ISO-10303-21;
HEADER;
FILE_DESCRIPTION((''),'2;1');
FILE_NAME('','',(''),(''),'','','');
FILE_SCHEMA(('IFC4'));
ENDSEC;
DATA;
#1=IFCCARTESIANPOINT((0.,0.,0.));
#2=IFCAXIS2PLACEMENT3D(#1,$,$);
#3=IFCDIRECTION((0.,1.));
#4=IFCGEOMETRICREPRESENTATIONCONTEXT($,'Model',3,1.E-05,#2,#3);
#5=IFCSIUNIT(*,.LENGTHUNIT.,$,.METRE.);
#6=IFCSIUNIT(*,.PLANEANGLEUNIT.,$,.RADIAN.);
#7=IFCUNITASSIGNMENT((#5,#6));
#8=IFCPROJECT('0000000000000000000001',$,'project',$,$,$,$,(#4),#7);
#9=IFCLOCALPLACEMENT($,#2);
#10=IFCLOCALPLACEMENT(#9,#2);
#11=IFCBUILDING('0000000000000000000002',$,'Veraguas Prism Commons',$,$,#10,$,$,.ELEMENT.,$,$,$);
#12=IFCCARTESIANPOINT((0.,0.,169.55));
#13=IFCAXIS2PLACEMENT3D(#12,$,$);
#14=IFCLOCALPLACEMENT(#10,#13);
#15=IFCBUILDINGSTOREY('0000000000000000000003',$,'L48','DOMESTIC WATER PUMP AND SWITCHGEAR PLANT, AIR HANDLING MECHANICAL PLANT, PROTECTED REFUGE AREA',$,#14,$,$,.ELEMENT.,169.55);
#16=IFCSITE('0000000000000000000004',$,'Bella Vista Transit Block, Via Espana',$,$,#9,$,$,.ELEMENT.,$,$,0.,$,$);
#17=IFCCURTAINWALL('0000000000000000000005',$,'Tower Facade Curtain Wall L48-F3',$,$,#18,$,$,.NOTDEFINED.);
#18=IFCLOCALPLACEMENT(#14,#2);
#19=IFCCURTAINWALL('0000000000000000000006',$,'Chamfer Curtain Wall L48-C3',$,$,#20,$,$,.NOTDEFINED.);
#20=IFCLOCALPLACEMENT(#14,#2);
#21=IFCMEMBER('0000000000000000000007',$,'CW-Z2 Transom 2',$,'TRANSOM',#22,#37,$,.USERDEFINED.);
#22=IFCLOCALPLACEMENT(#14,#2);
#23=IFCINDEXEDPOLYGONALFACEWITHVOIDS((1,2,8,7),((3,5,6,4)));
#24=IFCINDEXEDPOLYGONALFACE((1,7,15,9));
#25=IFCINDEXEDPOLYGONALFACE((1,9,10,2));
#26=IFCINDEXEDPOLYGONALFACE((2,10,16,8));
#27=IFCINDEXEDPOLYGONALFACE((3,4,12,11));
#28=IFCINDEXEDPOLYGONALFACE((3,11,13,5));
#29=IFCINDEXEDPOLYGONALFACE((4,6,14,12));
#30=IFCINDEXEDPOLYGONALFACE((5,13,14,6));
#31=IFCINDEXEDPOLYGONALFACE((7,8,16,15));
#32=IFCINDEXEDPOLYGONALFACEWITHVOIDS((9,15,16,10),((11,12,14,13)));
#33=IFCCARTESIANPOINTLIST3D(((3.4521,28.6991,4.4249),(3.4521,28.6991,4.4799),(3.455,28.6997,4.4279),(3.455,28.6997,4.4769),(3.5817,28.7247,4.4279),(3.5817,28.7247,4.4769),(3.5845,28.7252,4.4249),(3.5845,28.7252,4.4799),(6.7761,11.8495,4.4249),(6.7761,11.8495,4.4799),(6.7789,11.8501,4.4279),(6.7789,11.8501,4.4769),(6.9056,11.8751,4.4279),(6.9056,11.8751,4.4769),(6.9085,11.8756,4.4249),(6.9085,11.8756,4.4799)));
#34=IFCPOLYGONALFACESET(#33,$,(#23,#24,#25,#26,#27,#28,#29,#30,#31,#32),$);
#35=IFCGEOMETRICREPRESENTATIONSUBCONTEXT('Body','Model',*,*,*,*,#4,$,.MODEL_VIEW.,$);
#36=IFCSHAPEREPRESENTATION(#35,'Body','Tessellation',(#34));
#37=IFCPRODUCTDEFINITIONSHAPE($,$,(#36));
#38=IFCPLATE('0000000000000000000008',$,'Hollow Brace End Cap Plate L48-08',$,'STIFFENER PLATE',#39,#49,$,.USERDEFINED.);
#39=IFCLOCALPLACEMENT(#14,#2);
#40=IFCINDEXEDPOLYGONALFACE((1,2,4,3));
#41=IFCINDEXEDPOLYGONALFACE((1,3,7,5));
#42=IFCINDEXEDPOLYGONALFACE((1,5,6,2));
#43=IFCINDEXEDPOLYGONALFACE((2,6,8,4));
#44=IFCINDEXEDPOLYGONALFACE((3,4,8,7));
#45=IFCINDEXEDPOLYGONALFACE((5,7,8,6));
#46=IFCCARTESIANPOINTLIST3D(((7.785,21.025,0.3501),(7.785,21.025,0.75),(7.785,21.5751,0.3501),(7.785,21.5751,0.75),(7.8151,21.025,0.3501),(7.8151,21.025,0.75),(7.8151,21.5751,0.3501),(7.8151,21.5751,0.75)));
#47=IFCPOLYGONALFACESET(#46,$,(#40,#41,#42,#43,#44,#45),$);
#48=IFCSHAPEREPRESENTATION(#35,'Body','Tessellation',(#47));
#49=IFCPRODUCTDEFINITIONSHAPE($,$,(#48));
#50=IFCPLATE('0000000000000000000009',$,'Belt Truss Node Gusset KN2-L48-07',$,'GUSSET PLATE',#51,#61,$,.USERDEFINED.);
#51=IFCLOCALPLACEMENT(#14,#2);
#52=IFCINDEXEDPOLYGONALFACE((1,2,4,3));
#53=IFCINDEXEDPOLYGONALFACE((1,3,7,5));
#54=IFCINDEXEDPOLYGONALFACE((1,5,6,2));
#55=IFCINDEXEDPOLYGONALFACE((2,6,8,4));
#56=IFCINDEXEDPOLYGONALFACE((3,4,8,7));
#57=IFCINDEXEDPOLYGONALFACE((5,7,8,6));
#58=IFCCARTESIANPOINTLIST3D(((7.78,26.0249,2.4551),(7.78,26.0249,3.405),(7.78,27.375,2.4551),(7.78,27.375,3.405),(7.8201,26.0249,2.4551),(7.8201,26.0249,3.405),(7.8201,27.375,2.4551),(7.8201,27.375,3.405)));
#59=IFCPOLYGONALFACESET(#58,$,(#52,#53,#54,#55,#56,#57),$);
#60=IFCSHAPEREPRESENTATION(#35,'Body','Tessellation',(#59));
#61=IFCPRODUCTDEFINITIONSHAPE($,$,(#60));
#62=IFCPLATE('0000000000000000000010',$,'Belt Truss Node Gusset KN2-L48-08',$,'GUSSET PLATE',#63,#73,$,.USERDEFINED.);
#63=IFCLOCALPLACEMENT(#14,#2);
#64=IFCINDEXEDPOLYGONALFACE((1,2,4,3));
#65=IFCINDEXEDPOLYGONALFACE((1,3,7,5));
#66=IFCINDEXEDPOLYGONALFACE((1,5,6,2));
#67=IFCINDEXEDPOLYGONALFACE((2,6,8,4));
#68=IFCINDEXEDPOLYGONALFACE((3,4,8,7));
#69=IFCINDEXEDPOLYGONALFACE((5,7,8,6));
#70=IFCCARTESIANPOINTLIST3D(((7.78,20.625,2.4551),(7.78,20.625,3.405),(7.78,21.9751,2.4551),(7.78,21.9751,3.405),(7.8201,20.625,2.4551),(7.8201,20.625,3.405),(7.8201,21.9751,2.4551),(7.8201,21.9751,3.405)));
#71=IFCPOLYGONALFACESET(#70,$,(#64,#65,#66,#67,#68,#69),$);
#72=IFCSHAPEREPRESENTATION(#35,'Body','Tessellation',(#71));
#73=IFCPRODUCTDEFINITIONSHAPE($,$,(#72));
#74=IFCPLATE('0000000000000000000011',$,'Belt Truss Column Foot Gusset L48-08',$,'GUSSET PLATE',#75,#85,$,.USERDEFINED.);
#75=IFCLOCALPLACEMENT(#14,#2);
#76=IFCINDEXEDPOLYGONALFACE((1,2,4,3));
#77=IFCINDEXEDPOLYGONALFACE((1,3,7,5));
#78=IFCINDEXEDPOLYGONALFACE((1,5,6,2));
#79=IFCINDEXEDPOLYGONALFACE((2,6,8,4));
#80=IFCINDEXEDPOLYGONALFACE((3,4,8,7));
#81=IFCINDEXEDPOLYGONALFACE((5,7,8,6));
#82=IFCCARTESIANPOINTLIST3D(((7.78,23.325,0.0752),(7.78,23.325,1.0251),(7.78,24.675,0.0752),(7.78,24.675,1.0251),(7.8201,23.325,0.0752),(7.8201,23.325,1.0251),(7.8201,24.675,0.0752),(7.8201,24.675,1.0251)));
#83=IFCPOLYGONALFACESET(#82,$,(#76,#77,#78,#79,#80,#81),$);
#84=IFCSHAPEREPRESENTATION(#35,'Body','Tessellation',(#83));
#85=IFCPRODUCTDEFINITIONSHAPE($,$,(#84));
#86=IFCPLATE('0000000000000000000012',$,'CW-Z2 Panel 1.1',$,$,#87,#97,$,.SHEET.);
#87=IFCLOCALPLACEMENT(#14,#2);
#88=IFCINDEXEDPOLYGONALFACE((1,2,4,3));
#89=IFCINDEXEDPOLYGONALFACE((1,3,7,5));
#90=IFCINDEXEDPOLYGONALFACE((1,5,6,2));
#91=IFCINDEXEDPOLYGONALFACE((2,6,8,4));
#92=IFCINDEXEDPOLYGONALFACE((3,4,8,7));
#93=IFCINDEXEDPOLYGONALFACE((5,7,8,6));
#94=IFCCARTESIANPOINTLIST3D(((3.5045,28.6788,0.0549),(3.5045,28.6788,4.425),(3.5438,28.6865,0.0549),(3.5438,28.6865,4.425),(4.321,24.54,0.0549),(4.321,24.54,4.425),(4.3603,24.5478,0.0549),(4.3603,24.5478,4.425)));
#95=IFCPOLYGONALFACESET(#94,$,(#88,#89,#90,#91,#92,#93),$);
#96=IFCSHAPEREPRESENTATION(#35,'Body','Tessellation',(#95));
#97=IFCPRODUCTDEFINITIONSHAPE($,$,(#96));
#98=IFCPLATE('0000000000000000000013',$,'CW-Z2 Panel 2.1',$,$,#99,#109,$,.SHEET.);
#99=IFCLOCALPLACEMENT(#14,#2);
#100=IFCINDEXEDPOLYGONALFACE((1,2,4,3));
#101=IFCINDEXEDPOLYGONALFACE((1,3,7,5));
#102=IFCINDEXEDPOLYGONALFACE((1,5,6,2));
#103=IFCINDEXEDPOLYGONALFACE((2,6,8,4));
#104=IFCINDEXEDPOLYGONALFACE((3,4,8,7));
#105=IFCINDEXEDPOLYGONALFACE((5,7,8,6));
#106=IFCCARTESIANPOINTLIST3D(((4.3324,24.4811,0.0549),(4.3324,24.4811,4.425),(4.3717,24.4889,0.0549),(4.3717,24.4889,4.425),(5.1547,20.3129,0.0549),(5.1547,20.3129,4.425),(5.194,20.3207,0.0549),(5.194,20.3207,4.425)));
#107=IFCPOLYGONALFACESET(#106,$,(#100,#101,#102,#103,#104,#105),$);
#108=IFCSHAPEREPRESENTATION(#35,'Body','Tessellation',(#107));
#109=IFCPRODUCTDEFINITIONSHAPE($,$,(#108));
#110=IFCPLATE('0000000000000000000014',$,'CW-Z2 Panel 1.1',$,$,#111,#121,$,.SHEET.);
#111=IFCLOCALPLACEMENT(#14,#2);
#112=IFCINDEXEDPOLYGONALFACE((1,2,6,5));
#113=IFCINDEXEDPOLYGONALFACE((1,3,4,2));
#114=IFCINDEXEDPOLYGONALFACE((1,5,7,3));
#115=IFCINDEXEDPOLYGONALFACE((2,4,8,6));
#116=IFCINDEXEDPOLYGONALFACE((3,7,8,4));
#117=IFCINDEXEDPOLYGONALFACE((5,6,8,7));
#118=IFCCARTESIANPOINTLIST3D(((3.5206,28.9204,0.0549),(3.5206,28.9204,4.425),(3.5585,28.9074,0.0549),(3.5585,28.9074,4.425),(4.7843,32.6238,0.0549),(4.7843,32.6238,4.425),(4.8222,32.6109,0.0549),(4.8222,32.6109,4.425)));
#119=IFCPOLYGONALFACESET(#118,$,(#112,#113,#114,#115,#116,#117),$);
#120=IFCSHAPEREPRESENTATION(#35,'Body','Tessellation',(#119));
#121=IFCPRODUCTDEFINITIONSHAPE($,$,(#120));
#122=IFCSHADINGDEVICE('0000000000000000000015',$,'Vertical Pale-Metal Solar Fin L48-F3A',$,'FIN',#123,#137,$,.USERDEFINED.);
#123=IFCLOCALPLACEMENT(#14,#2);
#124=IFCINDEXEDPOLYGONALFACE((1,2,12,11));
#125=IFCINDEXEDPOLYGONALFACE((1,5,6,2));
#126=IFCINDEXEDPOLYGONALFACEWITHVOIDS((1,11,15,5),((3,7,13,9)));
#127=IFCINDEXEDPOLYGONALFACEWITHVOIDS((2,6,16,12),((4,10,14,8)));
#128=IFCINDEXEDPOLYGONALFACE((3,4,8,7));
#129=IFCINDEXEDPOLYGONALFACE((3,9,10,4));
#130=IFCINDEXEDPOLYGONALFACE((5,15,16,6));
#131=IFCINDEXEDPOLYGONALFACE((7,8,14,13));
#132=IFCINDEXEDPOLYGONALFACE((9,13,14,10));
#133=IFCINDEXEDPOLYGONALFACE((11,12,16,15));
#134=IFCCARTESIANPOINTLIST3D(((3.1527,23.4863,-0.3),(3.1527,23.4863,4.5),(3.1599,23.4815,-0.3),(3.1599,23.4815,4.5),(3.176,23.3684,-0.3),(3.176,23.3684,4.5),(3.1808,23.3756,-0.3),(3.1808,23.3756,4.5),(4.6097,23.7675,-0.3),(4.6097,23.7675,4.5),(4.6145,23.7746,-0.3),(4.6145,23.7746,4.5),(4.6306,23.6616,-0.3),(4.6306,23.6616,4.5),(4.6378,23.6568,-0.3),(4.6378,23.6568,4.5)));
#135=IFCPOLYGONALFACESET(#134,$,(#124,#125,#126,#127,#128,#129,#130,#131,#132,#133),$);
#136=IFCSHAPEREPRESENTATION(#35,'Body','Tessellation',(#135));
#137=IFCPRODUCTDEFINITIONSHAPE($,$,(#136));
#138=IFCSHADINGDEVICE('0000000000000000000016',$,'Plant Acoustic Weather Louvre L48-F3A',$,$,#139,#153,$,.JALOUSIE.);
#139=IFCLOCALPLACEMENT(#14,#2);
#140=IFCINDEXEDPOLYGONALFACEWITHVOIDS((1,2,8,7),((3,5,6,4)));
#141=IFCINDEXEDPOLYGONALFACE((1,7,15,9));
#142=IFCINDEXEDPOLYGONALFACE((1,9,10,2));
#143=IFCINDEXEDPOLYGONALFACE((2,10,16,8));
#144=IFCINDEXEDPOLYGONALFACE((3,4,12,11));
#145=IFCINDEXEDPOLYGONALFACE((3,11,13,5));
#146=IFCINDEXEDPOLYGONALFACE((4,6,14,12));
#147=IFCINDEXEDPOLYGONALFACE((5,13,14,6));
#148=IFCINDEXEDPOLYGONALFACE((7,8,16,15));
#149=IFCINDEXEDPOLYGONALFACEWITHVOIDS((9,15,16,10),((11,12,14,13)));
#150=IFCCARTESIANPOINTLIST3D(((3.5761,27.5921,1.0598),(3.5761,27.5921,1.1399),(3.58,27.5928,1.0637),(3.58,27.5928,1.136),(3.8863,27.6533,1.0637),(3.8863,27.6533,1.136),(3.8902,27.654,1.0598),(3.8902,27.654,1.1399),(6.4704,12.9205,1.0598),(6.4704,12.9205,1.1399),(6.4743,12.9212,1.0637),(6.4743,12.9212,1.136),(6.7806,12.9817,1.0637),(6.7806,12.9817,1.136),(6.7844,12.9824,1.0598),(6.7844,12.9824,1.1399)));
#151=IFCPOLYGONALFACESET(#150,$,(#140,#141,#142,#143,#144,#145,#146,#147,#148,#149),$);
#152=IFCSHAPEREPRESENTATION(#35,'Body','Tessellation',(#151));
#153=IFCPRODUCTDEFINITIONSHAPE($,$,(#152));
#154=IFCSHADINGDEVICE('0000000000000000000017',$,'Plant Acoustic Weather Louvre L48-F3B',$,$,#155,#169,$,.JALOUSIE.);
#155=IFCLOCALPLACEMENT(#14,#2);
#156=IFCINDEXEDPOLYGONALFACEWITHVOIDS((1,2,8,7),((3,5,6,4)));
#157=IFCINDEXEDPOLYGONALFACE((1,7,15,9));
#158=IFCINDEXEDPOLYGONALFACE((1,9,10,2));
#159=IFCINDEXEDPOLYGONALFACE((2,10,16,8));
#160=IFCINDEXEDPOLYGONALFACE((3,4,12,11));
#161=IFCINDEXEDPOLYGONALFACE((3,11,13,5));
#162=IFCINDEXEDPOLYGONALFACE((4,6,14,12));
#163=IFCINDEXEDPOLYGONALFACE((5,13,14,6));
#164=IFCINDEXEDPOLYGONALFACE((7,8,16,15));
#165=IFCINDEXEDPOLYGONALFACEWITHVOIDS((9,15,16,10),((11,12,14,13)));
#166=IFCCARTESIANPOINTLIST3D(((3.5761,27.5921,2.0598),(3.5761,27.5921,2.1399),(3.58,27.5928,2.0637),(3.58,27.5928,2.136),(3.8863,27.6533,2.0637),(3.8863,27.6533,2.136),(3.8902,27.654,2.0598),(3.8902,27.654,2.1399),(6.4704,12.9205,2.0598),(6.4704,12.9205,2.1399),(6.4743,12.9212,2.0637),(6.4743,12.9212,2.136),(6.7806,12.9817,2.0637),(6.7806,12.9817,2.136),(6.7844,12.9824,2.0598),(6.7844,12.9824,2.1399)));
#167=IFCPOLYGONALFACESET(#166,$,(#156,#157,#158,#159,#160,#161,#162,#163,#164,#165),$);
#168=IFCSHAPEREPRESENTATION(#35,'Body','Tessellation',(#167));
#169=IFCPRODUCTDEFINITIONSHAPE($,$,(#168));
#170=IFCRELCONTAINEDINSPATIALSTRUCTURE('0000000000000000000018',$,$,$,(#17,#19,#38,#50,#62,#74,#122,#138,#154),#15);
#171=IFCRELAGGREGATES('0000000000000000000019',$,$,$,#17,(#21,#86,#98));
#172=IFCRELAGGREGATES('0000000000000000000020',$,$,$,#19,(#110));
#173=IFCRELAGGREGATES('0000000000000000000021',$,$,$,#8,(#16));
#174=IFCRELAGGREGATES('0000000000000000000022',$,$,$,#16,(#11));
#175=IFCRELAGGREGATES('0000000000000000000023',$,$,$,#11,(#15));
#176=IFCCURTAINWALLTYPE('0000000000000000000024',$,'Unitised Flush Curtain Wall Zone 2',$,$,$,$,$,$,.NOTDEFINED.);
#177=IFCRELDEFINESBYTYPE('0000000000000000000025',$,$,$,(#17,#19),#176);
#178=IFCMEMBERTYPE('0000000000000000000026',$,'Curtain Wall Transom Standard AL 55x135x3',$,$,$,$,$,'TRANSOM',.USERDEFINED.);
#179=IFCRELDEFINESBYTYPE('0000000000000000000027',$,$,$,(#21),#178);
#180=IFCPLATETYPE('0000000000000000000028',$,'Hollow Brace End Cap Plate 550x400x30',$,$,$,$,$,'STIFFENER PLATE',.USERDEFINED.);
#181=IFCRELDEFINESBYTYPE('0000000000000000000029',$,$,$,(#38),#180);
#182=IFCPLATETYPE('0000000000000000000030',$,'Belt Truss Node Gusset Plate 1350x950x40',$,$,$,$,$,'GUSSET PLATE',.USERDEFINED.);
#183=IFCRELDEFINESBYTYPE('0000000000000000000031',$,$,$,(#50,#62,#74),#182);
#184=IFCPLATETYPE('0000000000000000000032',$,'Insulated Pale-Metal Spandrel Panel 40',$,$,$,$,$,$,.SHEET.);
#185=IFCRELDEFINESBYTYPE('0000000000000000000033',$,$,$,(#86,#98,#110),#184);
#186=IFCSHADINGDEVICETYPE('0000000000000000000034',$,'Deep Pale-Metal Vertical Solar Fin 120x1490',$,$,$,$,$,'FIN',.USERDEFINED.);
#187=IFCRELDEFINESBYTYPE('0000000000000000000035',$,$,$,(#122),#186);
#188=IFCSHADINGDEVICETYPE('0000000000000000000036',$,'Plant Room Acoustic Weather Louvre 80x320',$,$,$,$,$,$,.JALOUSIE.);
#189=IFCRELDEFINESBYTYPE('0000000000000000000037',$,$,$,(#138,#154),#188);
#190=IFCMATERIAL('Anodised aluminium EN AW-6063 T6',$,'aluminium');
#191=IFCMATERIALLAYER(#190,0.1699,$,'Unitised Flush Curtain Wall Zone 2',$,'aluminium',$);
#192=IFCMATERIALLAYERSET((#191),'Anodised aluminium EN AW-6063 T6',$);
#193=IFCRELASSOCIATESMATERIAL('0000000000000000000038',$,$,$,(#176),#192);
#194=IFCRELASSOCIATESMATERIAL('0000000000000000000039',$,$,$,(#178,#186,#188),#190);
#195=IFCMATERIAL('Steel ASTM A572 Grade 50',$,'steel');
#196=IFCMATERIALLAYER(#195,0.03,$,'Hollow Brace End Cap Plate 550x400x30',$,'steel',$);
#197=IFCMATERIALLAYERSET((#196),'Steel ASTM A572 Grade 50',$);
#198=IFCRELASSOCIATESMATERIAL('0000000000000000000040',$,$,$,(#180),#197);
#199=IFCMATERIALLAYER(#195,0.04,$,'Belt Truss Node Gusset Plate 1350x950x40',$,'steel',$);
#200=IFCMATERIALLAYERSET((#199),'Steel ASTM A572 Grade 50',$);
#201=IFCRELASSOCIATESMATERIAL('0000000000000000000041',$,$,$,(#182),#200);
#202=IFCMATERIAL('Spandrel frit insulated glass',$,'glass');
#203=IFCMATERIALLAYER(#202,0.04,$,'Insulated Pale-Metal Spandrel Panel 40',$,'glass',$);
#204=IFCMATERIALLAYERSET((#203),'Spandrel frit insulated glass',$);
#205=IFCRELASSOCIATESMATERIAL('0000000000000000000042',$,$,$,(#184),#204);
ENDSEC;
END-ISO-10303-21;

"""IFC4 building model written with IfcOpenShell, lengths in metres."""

from ifc_helpers import new_model, si_unit, direction, frame, origin, origin_2d, place, context, subcontext, project, spatial, rectangle, hollow_rectangle, extrude, source, transform, mapped, material, layer, layer_set, material_profile, profile_set, type_object, element, aggregate, save


model = new_model("IFC4")

# Units and contexts
model_context = context("Model", 3, precision=1e-05, world=origin(), true_north=direction((0.0, 1.0)))
body_context = subcontext(model_context, "Body", "Model", "MODEL_VIEW")
ifc_project = project(units=[si_unit("LENGTHUNIT", "METRE"), si_unit("PLANEANGLEUNIT", "RADIAN")], contexts=[model_context])

# Site, building, storey
site_placement = place(None, origin())
site = spatial("IfcSite", under=ifc_project, at=site_placement, Name="Bella Vista Transit Block, Via Espana", CompositionType="ELEMENT", RefElevation=0.0)
building_placement = place(site_placement, origin())
building = spatial("IfcBuilding", under=site, at=building_placement, Name="Veraguas Prism Commons", CompositionType="ELEMENT")
storey_placement = place(building_placement, frame((0.0, 0.0, 169.55)))
storey = spatial("IfcBuildingStorey", under=building, at=storey_placement, Name="L48", Description="DOMESTIC WATER PUMP AND SWITCHGEAR PLANT, AIR HANDLING MECHANICAL PLANT, PROTECTED REFUGE AREA", CompositionType="ELEMENT", Elevation=169.55)

# Curtain wall
ifc_material_1 = material(Name="Anodised aluminium EN AW-6063 T6", Category="aluminium")
ifc_layer_1 = layer(ifc_material_1, 0.1699, Name="Unitised Flush Curtain Wall Zone 2", Category="aluminium")
ifc_layer_set_1 = layer_set([ifc_layer_1], Name="Anodised aluminium EN AW-6063 T6")
curtain_wall_type = type_object("IfcCurtainWallType", Name="Unitised Flush Curtain Wall Zone 2", PredefinedType="NOTDEFINED", material=ifc_layer_set_1)
curtain_wall_1_placement = place(storey_placement, origin())
curtain_wall_1 = element("IfcCurtainWall", 1, at=curtain_wall_1_placement, inside=storey, type_object=curtain_wall_type, Name="Tower Facade Curtain Wall L48-F3", PredefinedType="NOTDEFINED")

# Curtain wall
curtain_wall_2_placement = place(storey_placement, origin())
curtain_wall_2 = element("IfcCurtainWall", 2, at=curtain_wall_2_placement, inside=storey, type_object=curtain_wall_type, Name="Chamfer Curtain Wall L48-C3", PredefinedType="NOTDEFINED")

# Member
ifc_material_profile_1 = material_profile(ifc_material_1, hollow_rectangle(XDim=0.0549, YDim=0.135, WallThickness=0.0029, at=origin_2d()), Name="AL55X135X3")
ifc_profile_set_1 = profile_set([ifc_material_profile_1], Name="Anodised aluminium EN AW-6063 T6")
member_type_1 = type_object("IfcMemberType", Name="Curtain Wall Transom Standard AL 55x135x3", ElementType="TRANSOM", PredefinedType="USERDEFINED", material=ifc_profile_set_1)
shared_shape_1 = source(origin(), body_context, "Body", "SweptSolid", [
    extrude(hollow_rectangle(XDim=0.0549, YDim=0.135, WallThickness=0.0029, at=origin_2d()), origin(), (0.0, 0.0, 1.0), 17.1743),
])
member_1_placement = place(storey_placement, frame((3.5183, 28.7122, 4.4524), z_axis=(0.193543, -0.981092, 0.0), x_axis=(0.0, 0.0, 1.0)))
member_1 = element("IfcMember", 3, at=member_1_placement, type_object=member_type_1, Name="CW-Z2 Transom 2", ObjectType="TRANSOM", PredefinedType="USERDEFINED", context=body_context, shape_type="MappedRepresentation", body=[
    mapped(shared_shape_1, transform((0.0, 0.0, 0.0), scale=1.0)),
])

# Plates
ifc_material_2 = material(Name="Steel ASTM A572 Grade 50", Category="steel")
ifc_layer_2 = layer(ifc_material_2, 0.03, Name="Hollow Brace End Cap Plate 550x400x30", Category="steel")
ifc_layer_set_2 = layer_set([ifc_layer_2], Name="Steel ASTM A572 Grade 50")
plate_type_1 = type_object("IfcPlateType", Name="Hollow Brace End Cap Plate 550x400x30", ElementType="STIFFENER PLATE", PredefinedType="USERDEFINED", material=ifc_layer_set_2)
shared_shape_2 = source(origin(), body_context, "Body", "SweptSolid", [
    extrude(rectangle(XDim=0.55, YDim=0.03, at=origin_2d()), origin(), (0.0, 0.0, 1.0), 0.3999),
])
plate_1_placement = place(storey_placement, frame((7.8, 21.3, 0.3501), z_axis=(0.0, 0.0, 1.0), x_axis=(0.0, -1.0, 0.0)))
element("IfcPlate", 4, at=plate_1_placement, inside=storey, type_object=plate_type_1, Name="Hollow Brace End Cap Plate L48-08", ObjectType="STIFFENER PLATE", PredefinedType="USERDEFINED", context=body_context, shape_type="MappedRepresentation", body=[
    mapped(shared_shape_2, transform((0.0, 0.0, 0.0), scale=1.0)),
])
ifc_layer_3 = layer(ifc_material_2, 0.04, Name="Belt Truss Node Gusset Plate 1350x950x40", Category="steel")
ifc_layer_set_3 = layer_set([ifc_layer_3], Name="Steel ASTM A572 Grade 50")
plate_type_2 = type_object("IfcPlateType", Name="Belt Truss Node Gusset Plate 1350x950x40", ElementType="GUSSET PLATE", PredefinedType="USERDEFINED", material=ifc_layer_set_3)
shared_shape_3 = source(origin(), body_context, "Body", "SweptSolid", [
    extrude(rectangle(XDim=1.3501, YDim=0.04, at=origin_2d()), origin(), (0.0, 0.0, 1.0), 0.95),
])
for number, where, z_axis, x_axis, name in (
    (5, (7.8, 26.7, 2.4551), (0.0, 0.0, 1.0), (0.0, -1.0, 0.0), "Belt Truss Node Gusset KN2-L48-07"),
    (6, (7.8, 21.3, 2.4551), (0.0, 0.0, 1.0), (0.0, -1.0, 0.0), "Belt Truss Node Gusset KN2-L48-08"),
    (7, (7.8, 24.0, 0.0752), (0.0, 0.0, 1.0), (0.0, -1.0, 0.0), "Belt Truss Column Foot Gusset L48-08"),
):
    element("IfcPlate", number, at=place(storey_placement, frame(where, z_axis=z_axis, x_axis=x_axis)), inside=storey, type_object=plate_type_2, Name=name, ObjectType="GUSSET PLATE", PredefinedType="USERDEFINED", context=body_context, shape_type="MappedRepresentation", body=[
        mapped(shared_shape_3, transform((0.0, 0.0, 0.0), scale=1.0)),
    ])

# Plates
ifc_material_3 = material(Name="Spandrel frit insulated glass", Category="glass")
ifc_layer_4 = layer(ifc_material_3, 0.04, Name="Insulated Pale-Metal Spandrel Panel 40", Category="glass")
ifc_layer_set_4 = layer_set([ifc_layer_4], Name="Spandrel frit insulated glass")
plate_type_3 = type_object("IfcPlateType", Name="Insulated Pale-Metal Spandrel Panel 40", PredefinedType="SHEET", material=ifc_layer_set_4)
shared_shape_4 = source(origin(), body_context, "Body", "SweptSolid", [
    extrude(rectangle(XDim=4.2185, YDim=0.04, at=origin_2d()), origin(), (0.0, 0.0, 1.0), 4.3701),
])
plate_2_placement = place(storey_placement, frame((3.9324, 26.6133, 0.0549), z_axis=(0.0, 0.0, 1.0), x_axis=(0.193549, -0.981091, 0.0)))
plate_2 = element("IfcPlate", 8, at=plate_2_placement, type_object=plate_type_3, Name="CW-Z2 Panel 1.1", PredefinedType="SHEET", context=body_context, shape_type="MappedRepresentation", body=[
    mapped(shared_shape_4, transform((0.0, 0.0, 0.0), scale=1.0)),
])
shared_shape_5 = source(origin(), body_context, "Body", "SweptSolid", [
    extrude(rectangle(XDim=4.2485, YDim=0.04, at=origin_2d()), origin(), (0.0, 0.0, 1.0), 4.3701),
])
plate_3_placement = place(storey_placement, frame((4.7632, 22.4009, 0.0549), z_axis=(0.0, 0.0, 1.0), x_axis=(0.193549, -0.981091, 0.0)))
plate_3 = element("IfcPlate", 9, at=plate_3_placement, type_object=plate_type_3, Name="CW-Z2 Panel 2.1", PredefinedType="SHEET", context=body_context, shape_type="MappedRepresentation", body=[
    mapped(shared_shape_5, transform((0.0, 0.0, 0.0), scale=1.0)),
])
aggregate(curtain_wall_1, [member_1, plate_2, plate_3])
shared_shape_6 = source(origin(), body_context, "Body", "SweptSolid", [
    extrude(rectangle(XDim=3.9131, YDim=0.04, at=origin_2d()), origin(), (0.0, 0.0, 1.0), 4.3701),
])
plate_4_placement = place(storey_placement, frame((4.1714, 30.7656, 0.0549), z_axis=(0.0, 0.0, 1.0), x_axis=(-0.32293, -0.946423, 0.0)))
plate_4 = element("IfcPlate", 10, at=plate_4_placement, type_object=plate_type_3, Name="CW-Z2 Panel 1.1", PredefinedType="SHEET", context=body_context, shape_type="MappedRepresentation", body=[
    mapped(shared_shape_6, transform((0.0, 0.0, 0.0), scale=1.0)),
])
aggregate(curtain_wall_2, [plate_4])

# Shading devices
ifc_material_profile_2 = material_profile(ifc_material_1, hollow_rectangle(XDim=0.1201, YDim=1.49, WallThickness=0.0061, at=origin_2d()), Name="FIN120X1490X6")
ifc_profile_set_2 = profile_set([ifc_material_profile_2], Name="Anodised aluminium EN AW-6063 T6")
shading_device_type_1 = type_object("IfcShadingDeviceType", Name="Deep Pale-Metal Vertical Solar Fin 120x1490", ElementType="FIN", PredefinedType="USERDEFINED", material=ifc_profile_set_2)
shading_device_placement = place(storey_placement, frame((3.8953, 23.5715, -0.3), z_axis=(0.0, 0.0, 1.0), x_axis=(0.193546, -0.981091, 0.0)))
element("IfcShadingDevice", 11, at=shading_device_placement, inside=storey, type_object=shading_device_type_1, Name="Vertical Pale-Metal Solar Fin L48-F3A", ObjectType="FIN", PredefinedType="USERDEFINED", context=body_context, shape_type="SweptSolid", body=[
    extrude(hollow_rectangle(XDim=0.1201, YDim=1.49, WallThickness=0.0061, at=origin_2d()), origin(), (0.0, 0.0, 1.0), 4.8),
])
ifc_material_profile_3 = material_profile(ifc_material_1, hollow_rectangle(XDim=0.0801, YDim=0.3201, WallThickness=0.0039, at=origin_2d()), Name="LVR80X320X4")
ifc_profile_set_3 = profile_set([ifc_material_profile_3], Name="Anodised aluminium EN AW-6063 T6")
shading_device_type_2 = type_object("IfcShadingDeviceType", Name="Plant Room Acoustic Weather Louvre 80x320", PredefinedType="JALOUSIE", material=ifc_profile_set_3)
for number, where, z_axis, x_axis, name in (
    (12, (3.7332, 27.623, 1.0999), (0.193541, -0.981092, 0.0), (0.0, 0.0, 1.0), "Plant Acoustic Weather Louvre L48-F3A"),
    (13, (3.7332, 27.623, 2.0999), (0.193541, -0.981092, 0.0), (0.0, 0.0, 1.0), "Plant Acoustic Weather Louvre L48-F3B"),
):
    element("IfcShadingDevice", number, at=place(storey_placement, frame(where, z_axis=z_axis, x_axis=x_axis)), inside=storey, type_object=shading_device_type_2, Name=name, PredefinedType="JALOUSIE", context=body_context, shape_type="SweptSolid", body=[
        extrude(hollow_rectangle(XDim=0.0801, YDim=0.3201, WallThickness=0.0039, at=origin_2d()), origin(), (0.0, 0.0, 1.0), 14.9543),
    ])

save(model, "model.ifc")
